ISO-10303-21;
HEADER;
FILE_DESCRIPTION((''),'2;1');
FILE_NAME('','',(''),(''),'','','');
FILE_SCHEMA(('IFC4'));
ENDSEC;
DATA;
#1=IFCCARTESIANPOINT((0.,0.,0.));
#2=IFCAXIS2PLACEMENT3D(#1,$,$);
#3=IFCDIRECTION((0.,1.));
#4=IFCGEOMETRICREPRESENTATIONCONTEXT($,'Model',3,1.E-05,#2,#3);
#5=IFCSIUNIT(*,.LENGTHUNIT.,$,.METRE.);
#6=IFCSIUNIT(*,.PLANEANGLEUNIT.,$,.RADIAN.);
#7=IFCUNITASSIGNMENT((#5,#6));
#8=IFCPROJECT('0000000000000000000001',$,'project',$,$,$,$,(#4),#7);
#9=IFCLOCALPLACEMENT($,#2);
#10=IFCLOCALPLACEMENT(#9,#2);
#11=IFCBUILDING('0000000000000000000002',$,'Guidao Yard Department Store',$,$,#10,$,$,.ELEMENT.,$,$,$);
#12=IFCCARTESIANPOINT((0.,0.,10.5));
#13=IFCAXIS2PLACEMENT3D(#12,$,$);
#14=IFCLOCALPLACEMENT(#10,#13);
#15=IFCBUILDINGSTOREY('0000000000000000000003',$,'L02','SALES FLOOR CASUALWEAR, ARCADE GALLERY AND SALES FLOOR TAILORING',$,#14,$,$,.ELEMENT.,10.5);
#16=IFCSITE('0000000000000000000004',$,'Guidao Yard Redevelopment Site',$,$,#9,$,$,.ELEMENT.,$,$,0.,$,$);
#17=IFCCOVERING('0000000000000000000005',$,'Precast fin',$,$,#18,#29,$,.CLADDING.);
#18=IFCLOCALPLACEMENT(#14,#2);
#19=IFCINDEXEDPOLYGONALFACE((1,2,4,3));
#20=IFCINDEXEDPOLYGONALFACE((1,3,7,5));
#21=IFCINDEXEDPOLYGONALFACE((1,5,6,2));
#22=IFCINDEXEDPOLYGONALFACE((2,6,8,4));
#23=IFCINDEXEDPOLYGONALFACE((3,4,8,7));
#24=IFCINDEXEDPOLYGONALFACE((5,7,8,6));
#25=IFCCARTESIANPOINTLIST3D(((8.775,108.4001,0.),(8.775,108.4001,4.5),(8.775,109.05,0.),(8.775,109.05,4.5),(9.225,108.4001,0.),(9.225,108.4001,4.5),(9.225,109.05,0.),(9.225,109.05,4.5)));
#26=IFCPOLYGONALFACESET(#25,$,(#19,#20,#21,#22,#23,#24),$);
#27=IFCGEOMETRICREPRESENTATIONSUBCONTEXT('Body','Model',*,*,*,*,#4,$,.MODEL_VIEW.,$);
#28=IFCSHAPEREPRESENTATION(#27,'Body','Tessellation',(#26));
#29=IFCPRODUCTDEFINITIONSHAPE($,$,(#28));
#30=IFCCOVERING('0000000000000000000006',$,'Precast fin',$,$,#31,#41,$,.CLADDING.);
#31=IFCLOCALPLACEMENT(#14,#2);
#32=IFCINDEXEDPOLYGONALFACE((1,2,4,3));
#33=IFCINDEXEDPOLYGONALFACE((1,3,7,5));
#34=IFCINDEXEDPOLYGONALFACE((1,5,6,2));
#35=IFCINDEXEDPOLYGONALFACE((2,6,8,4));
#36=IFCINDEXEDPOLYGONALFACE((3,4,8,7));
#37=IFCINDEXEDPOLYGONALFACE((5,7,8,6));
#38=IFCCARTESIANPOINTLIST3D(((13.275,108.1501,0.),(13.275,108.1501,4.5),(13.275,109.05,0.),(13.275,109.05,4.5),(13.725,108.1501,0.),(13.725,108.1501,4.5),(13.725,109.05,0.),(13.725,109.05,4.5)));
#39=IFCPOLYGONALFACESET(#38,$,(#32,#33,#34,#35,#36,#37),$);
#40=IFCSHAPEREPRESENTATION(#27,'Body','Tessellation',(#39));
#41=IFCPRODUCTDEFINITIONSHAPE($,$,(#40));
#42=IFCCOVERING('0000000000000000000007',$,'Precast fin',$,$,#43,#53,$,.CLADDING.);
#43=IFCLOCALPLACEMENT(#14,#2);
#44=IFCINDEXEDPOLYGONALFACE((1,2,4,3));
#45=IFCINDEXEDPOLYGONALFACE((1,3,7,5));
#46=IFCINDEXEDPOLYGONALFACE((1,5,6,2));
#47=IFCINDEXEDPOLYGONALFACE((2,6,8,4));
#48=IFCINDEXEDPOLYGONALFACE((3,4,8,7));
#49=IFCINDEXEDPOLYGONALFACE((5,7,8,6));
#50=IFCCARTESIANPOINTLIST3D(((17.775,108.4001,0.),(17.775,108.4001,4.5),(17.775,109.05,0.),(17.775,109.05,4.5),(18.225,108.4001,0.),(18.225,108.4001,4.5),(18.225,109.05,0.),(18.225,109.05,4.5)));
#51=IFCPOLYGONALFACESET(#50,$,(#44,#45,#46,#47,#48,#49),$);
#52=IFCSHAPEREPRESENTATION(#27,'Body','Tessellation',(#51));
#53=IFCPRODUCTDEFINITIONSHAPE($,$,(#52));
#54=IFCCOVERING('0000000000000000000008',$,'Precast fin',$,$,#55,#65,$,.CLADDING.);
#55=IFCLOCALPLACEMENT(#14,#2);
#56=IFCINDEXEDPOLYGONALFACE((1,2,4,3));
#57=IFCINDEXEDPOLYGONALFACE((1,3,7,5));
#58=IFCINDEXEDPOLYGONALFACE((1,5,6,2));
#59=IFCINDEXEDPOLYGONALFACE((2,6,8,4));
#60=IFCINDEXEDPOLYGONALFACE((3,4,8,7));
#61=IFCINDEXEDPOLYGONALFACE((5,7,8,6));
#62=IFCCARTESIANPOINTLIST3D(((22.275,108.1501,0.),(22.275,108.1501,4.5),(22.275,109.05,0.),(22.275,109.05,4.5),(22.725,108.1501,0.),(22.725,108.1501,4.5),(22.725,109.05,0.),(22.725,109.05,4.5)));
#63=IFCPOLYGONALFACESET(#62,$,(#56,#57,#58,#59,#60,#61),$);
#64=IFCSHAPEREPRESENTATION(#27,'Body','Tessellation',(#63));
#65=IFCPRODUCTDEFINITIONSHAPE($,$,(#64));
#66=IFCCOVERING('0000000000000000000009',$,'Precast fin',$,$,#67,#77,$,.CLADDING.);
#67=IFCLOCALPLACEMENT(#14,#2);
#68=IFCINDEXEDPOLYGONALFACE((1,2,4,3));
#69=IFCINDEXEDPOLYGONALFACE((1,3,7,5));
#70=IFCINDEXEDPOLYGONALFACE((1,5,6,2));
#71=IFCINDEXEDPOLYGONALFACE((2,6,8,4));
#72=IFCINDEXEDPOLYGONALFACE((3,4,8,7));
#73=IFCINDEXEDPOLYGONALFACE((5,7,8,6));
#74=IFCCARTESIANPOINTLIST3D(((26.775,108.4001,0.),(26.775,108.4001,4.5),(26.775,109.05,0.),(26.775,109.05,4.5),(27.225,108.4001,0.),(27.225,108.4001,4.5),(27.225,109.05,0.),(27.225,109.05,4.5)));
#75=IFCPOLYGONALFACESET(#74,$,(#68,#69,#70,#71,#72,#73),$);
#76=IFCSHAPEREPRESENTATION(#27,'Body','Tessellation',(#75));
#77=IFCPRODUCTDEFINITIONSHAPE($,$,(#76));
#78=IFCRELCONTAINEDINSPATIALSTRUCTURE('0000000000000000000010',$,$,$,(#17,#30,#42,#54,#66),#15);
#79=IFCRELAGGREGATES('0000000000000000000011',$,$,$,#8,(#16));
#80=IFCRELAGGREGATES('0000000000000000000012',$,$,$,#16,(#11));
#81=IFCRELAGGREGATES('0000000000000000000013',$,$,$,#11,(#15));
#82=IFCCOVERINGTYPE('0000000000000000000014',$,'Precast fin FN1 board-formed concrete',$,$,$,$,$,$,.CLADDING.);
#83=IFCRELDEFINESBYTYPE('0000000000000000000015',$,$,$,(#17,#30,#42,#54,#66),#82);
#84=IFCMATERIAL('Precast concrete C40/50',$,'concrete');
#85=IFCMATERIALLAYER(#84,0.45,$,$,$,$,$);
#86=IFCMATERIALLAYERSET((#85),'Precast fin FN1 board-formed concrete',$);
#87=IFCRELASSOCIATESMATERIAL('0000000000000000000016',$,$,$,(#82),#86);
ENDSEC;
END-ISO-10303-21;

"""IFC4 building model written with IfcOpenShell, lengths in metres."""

from ifc_helpers import new_model, si_unit, direction, frame, origin, origin_2d, place, context, subcontext, project, spatial, rectangle, extrude, material, layer, layer_set, type_object, element, save


model = new_model("IFC4")

# Units and contexts
model_context = context("Model", 3, precision=1e-05, world=origin(), true_north=direction((0.0, 1.0)))
body_context = subcontext(model_context, "Body", "Model", "MODEL_VIEW")
ifc_project = project(units=[si_unit("LENGTHUNIT", "METRE"), si_unit("PLANEANGLEUNIT", "RADIAN")], contexts=[model_context])

# Site, building, storey
site_placement = place(None, origin())
site = spatial("IfcSite", under=ifc_project, at=site_placement, Name="Guidao Yard Redevelopment Site", CompositionType="ELEMENT", RefElevation=0.0)
building_placement = place(site_placement, origin())
building = spatial("IfcBuilding", under=site, at=building_placement, Name="Guidao Yard Department Store", CompositionType="ELEMENT")
storey_placement = place(building_placement, frame((0.0, 0.0, 10.5)))
storey = spatial("IfcBuildingStorey", under=building, at=storey_placement, Name="L02", Description="SALES FLOOR CASUALWEAR, ARCADE GALLERY AND SALES FLOOR TAILORING", CompositionType="ELEMENT", Elevation=10.5)

# Coverings
ifc_material_1 = material(Name="Precast concrete C40/50", Category="concrete")
ifc_layer_1 = layer(ifc_material_1, 0.45)
ifc_layer_set_1 = layer_set([ifc_layer_1], Name="Precast fin FN1 board-formed concrete")
covering_type = type_object("IfcCoveringType", Name="Precast fin FN1 board-formed concrete", PredefinedType="CLADDING", material=ifc_layer_set_1)
covering_1_placement = place(storey_placement, frame((9.0, 108.7251, 0.0), z_axis=(0.0, 0.0, 1.0), x_axis=(1.0, 0.0, 0.0)))
element("IfcCovering", 1, at=covering_1_placement, inside=storey, type_object=covering_type, Name="Precast fin", PredefinedType="CLADDING", context=body_context, shape_type="SweptSolid", body=[
    extrude(rectangle(XDim=0.45, YDim=0.6499, at=origin_2d()), origin(), (0.0, 0.0, 1.0), 4.5),
])
covering_2_placement = place(storey_placement, frame((13.5, 108.6001, 0.0), z_axis=(0.0, 0.0, 1.0), x_axis=(1.0, 0.0, 0.0)))
element("IfcCovering", 2, at=covering_2_placement, inside=storey, type_object=covering_type, Name="Precast fin", PredefinedType="CLADDING", context=body_context, shape_type="SweptSolid", body=[
    extrude(rectangle(XDim=0.45, YDim=0.8999, at=origin_2d()), origin(), (0.0, 0.0, 1.0), 4.5),
])
covering_3_placement = place(storey_placement, frame((18.0, 108.7251, 0.0), z_axis=(0.0, 0.0, 1.0), x_axis=(1.0, 0.0, 0.0)))
element("IfcCovering", 3, at=covering_3_placement, inside=storey, type_object=covering_type, Name="Precast fin", PredefinedType="CLADDING", context=body_context, shape_type="SweptSolid", body=[
    extrude(rectangle(XDim=0.45, YDim=0.6499, at=origin_2d()), origin(), (0.0, 0.0, 1.0), 4.5),
])
covering_4_placement = place(storey_placement, frame((22.5, 108.6001, 0.0), z_axis=(0.0, 0.0, 1.0), x_axis=(1.0, 0.0, 0.0)))
element("IfcCovering", 4, at=covering_4_placement, inside=storey, type_object=covering_type, Name="Precast fin", PredefinedType="CLADDING", context=body_context, shape_type="SweptSolid", body=[
    extrude(rectangle(XDim=0.45, YDim=0.8999, at=origin_2d()), origin(), (0.0, 0.0, 1.0), 4.5),
])
covering_5_placement = place(storey_placement, frame((27.0, 108.7251, 0.0), z_axis=(0.0, 0.0, 1.0), x_axis=(1.0, 0.0, 0.0)))
element("IfcCovering", 5, at=covering_5_placement, inside=storey, type_object=covering_type, Name="Precast fin", PredefinedType="CLADDING", context=body_context, shape_type="SweptSolid", body=[
    extrude(rectangle(XDim=0.45, YDim=0.6499, at=origin_2d()), origin(), (0.0, 0.0, 1.0), 4.5),
])

save(model, "model.ifc")
